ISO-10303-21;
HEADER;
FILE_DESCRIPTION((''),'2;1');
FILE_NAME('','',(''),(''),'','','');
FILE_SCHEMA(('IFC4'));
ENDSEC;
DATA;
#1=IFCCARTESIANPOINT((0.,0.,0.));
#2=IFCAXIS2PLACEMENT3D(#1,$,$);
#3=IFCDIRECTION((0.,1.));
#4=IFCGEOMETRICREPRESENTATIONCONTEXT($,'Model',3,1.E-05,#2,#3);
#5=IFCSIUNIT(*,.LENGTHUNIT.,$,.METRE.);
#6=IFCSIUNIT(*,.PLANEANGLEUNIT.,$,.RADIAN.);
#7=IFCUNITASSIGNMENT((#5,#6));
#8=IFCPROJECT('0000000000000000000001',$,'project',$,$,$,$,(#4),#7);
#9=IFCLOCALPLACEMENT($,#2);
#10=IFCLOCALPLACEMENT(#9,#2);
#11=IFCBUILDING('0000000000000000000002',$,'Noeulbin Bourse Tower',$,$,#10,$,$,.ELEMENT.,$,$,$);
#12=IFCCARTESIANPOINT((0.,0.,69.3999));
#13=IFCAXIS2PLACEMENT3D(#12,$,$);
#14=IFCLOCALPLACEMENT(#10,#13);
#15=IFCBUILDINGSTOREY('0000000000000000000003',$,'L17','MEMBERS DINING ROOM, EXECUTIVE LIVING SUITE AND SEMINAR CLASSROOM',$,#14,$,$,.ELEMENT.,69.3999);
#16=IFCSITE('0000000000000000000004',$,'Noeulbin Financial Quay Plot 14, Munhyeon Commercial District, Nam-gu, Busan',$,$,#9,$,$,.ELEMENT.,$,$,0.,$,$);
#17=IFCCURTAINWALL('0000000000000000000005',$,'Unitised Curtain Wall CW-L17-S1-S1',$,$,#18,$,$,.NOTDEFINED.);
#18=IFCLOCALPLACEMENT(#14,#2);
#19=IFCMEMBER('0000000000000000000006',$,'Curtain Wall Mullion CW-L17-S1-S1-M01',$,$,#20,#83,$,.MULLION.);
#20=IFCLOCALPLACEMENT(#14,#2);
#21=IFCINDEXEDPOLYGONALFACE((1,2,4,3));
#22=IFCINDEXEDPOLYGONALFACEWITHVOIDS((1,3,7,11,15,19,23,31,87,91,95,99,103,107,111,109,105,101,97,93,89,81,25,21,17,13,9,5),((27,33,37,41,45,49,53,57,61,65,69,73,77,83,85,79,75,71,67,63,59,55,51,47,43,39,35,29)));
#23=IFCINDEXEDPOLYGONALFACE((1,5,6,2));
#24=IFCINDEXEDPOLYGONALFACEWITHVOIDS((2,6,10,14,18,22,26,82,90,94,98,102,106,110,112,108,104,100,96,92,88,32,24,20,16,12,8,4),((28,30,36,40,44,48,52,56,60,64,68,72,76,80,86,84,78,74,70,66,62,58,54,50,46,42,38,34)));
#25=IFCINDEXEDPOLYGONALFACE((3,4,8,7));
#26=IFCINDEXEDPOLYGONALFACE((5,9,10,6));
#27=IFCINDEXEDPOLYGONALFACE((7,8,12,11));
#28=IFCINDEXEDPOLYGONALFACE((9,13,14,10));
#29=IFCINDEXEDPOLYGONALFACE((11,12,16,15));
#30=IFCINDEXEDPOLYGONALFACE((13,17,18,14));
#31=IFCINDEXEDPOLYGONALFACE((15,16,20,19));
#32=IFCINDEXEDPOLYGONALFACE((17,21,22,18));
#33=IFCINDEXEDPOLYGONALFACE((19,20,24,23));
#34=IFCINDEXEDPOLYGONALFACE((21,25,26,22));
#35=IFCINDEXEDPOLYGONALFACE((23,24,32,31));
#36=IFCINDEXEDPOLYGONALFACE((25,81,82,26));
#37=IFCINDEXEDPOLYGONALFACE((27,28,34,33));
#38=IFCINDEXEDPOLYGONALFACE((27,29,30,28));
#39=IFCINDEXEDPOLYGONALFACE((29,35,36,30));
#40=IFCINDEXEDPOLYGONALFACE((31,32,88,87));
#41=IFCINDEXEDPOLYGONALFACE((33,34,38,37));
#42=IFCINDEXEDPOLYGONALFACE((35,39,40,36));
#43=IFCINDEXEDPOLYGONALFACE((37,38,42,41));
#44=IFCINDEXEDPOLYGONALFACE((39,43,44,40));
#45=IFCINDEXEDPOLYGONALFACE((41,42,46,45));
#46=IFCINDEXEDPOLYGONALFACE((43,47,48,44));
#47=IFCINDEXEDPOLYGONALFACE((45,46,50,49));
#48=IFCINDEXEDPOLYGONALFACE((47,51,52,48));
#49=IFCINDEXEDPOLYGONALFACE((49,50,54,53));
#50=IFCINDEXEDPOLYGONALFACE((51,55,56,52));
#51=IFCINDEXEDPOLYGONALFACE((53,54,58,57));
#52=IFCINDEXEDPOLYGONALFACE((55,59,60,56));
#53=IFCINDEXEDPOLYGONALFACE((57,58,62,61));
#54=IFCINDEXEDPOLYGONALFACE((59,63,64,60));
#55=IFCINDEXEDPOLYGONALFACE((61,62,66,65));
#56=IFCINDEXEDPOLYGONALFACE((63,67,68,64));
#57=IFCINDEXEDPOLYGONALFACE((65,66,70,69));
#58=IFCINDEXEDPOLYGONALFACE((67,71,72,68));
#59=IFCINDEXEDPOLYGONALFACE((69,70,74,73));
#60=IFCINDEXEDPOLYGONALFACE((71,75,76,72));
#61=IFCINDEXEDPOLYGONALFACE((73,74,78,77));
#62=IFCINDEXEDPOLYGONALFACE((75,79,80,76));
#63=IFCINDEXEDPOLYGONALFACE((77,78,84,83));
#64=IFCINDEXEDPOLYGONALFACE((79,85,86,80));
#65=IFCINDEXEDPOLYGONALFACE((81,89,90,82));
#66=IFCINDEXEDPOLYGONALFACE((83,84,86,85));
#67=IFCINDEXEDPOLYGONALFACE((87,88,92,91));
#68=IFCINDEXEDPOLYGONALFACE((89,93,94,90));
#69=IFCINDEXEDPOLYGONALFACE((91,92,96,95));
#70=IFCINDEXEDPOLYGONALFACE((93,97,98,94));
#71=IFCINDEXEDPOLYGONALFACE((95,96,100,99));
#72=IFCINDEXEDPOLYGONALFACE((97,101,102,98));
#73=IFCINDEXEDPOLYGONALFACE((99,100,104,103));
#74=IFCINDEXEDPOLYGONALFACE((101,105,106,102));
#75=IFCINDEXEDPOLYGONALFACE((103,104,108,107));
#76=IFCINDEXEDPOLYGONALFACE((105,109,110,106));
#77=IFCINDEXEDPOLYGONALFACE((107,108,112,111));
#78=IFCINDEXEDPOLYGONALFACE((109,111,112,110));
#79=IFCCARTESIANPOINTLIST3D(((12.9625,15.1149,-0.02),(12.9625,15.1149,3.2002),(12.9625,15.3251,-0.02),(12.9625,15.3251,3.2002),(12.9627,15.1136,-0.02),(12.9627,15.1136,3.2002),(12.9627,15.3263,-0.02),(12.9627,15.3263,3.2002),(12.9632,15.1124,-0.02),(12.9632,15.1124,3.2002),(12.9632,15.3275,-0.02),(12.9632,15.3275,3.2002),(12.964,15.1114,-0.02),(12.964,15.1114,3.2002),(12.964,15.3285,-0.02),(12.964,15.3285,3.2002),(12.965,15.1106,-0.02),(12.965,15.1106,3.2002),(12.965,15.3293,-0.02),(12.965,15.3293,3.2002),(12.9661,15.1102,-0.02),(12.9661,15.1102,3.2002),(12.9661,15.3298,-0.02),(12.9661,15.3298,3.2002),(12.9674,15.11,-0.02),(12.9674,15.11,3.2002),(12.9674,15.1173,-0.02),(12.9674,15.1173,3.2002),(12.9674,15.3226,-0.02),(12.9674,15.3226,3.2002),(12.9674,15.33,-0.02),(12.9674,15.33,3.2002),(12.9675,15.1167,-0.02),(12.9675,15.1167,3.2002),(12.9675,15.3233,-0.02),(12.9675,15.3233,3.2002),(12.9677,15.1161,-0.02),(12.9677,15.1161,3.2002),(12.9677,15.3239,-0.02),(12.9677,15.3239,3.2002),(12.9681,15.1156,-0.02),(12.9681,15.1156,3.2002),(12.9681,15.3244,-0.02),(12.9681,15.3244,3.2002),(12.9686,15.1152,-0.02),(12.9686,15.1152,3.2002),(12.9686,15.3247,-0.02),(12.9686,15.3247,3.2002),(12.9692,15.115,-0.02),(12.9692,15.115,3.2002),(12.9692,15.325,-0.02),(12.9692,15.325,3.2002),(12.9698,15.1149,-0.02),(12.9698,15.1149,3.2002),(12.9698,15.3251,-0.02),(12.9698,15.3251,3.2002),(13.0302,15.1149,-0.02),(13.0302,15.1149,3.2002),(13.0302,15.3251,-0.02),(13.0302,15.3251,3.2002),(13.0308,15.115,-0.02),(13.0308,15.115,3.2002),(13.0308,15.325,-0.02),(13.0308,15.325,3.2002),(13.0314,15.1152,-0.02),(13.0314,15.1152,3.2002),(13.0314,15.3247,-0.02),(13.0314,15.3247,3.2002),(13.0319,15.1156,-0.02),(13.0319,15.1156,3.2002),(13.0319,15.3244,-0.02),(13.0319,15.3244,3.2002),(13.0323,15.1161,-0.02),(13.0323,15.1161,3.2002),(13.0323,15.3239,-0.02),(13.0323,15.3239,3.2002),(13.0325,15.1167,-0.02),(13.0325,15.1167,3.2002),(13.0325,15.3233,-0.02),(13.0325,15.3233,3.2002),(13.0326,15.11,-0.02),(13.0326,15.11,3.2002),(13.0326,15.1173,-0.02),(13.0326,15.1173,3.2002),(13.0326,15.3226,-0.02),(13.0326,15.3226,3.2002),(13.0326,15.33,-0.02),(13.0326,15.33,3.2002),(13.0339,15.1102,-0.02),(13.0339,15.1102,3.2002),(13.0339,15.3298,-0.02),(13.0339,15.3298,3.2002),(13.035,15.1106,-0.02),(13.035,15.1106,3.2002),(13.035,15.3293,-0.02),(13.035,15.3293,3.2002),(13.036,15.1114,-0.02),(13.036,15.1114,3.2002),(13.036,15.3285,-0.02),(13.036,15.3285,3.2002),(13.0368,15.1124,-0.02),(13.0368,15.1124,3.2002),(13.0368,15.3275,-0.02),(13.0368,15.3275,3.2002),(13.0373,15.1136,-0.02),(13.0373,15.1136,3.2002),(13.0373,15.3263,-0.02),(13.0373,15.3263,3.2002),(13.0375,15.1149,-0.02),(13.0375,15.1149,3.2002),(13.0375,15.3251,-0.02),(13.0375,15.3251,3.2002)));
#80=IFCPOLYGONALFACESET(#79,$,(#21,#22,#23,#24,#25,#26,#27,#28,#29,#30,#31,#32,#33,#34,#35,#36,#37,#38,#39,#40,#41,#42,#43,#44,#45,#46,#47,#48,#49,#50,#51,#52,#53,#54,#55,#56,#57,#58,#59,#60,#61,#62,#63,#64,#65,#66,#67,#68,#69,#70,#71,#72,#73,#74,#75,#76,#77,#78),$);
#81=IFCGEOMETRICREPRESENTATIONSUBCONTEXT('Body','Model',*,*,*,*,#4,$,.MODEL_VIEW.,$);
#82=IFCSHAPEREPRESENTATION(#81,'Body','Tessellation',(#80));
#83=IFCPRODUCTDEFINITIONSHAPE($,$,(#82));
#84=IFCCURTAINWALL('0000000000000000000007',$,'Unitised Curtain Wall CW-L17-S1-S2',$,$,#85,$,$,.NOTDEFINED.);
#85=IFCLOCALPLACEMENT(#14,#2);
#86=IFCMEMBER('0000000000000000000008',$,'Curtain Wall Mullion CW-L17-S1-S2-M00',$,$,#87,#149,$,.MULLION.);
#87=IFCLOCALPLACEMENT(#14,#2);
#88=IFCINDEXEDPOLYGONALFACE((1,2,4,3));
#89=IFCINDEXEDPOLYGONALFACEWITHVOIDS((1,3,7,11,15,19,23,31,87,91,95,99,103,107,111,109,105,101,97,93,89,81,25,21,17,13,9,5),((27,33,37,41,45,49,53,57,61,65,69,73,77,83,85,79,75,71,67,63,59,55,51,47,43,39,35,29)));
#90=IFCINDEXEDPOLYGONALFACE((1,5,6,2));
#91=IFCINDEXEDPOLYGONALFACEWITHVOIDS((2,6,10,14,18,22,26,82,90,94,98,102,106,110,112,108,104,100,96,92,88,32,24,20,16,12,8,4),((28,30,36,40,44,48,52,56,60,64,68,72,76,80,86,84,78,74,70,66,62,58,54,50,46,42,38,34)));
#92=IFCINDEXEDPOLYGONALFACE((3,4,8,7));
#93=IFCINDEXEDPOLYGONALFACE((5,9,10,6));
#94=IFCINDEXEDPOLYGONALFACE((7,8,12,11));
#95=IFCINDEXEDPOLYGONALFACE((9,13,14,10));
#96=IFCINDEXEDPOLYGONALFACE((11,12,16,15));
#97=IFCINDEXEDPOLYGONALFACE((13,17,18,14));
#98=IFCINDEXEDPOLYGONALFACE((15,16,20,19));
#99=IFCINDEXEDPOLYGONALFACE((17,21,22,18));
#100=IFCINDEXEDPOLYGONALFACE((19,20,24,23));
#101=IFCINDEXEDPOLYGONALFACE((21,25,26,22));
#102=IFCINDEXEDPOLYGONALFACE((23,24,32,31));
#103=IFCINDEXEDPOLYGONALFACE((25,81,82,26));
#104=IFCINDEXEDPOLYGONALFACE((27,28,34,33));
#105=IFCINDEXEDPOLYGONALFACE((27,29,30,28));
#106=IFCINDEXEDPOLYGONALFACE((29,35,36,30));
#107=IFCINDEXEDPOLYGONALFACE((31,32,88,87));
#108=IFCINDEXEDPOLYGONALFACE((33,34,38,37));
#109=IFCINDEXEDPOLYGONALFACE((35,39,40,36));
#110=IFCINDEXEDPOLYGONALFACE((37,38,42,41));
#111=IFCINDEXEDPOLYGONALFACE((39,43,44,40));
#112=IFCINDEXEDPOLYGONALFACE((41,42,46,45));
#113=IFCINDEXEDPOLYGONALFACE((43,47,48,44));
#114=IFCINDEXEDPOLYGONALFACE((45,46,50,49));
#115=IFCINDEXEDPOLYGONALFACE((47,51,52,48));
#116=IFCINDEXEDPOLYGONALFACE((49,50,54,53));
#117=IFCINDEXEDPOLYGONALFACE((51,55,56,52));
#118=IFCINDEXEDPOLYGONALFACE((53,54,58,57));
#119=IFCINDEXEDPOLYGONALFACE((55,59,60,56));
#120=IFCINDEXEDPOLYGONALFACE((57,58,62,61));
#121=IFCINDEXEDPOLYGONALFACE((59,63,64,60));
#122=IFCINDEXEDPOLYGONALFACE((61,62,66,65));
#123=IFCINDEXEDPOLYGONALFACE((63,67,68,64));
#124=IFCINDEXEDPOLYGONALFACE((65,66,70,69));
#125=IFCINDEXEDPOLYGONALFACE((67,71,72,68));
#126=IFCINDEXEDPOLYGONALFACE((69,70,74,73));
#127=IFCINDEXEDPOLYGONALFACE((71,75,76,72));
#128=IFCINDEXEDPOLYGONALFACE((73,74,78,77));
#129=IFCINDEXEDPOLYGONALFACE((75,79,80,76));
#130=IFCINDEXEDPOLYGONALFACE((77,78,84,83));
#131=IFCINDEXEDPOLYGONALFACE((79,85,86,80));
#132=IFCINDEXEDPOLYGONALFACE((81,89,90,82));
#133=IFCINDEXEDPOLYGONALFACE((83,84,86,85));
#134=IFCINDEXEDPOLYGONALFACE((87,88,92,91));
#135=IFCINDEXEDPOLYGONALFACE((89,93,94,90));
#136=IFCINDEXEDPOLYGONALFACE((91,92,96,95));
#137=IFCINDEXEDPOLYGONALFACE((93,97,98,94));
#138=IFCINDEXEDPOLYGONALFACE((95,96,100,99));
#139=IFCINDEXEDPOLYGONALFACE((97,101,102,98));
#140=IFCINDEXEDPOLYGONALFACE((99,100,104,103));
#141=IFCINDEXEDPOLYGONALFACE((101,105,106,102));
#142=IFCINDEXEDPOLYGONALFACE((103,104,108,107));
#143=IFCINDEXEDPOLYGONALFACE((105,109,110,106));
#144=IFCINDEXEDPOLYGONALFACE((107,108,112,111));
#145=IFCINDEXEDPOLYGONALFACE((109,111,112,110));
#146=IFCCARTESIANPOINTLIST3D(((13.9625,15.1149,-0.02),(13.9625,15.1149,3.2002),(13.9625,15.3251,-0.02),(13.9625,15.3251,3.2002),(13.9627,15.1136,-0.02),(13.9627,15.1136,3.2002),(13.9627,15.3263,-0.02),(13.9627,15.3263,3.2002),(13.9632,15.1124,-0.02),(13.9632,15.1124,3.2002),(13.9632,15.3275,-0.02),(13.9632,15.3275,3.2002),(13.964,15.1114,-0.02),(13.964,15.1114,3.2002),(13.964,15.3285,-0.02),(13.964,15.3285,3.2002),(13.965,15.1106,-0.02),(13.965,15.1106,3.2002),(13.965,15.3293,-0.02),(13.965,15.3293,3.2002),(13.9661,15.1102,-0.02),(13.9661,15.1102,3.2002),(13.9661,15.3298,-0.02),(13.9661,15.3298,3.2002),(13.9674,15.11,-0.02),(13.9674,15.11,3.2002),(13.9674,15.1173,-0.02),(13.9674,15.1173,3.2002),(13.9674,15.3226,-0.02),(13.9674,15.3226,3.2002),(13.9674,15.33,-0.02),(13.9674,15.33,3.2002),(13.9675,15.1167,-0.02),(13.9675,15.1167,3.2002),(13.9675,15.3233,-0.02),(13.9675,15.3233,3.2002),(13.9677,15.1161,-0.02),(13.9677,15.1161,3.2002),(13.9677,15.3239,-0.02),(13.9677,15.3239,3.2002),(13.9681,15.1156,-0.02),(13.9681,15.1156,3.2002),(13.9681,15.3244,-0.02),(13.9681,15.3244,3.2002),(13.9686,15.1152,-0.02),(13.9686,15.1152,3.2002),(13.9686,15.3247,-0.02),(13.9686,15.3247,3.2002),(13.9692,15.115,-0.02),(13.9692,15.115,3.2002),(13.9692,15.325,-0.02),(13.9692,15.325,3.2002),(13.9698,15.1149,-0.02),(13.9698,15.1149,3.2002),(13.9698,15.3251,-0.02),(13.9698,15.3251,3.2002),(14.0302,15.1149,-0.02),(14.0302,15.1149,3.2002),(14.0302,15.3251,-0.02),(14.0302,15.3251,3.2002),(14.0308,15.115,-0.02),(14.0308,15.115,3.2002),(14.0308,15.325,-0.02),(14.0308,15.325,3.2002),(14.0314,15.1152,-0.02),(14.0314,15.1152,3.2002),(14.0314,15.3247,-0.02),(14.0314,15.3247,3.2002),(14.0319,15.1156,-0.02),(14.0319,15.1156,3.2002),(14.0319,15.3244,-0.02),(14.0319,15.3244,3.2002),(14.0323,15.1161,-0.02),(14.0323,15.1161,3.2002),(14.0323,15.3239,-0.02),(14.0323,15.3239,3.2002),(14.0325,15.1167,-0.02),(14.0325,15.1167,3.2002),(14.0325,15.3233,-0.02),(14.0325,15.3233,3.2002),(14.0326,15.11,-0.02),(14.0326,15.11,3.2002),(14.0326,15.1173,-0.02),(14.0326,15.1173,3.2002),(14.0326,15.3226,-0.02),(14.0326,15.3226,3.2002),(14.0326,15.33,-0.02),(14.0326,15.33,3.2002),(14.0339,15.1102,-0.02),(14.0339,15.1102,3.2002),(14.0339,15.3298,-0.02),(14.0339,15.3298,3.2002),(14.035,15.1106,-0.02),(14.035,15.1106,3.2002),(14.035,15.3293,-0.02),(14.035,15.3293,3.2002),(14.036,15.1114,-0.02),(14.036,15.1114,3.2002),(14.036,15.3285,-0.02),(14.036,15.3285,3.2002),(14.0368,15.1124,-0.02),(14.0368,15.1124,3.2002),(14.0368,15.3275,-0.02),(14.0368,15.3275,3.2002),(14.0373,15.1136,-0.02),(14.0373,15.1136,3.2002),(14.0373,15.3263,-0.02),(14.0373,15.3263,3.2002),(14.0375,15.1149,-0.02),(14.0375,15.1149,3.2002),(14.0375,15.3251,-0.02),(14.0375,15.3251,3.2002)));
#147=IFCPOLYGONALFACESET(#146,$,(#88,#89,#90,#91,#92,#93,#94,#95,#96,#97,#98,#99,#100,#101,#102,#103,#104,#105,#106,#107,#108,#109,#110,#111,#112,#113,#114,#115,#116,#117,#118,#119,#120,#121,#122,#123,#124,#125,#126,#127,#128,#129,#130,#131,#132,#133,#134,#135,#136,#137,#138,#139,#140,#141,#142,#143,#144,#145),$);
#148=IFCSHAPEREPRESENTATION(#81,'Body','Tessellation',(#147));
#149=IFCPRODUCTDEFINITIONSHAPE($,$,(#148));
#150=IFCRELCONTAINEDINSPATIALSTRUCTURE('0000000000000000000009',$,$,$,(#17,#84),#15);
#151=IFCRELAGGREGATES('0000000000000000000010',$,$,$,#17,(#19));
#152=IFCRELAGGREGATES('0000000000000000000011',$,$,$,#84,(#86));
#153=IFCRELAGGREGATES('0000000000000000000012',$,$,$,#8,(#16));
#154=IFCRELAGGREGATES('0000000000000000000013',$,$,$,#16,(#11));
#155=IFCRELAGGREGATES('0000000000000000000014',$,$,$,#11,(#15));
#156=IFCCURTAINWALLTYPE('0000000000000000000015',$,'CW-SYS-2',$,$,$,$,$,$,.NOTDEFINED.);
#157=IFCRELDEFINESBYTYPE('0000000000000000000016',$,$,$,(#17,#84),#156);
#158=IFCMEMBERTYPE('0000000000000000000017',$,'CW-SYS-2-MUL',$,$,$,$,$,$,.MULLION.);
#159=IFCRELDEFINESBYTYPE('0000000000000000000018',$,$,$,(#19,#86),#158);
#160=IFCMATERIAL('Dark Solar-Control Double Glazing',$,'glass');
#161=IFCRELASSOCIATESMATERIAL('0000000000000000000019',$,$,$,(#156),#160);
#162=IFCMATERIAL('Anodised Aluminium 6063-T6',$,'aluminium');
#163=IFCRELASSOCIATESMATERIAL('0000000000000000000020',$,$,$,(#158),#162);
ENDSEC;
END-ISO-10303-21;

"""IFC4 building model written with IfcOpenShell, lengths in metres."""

from ifc_helpers import new_model, si_unit, direction, frame, origin, origin_2d, place, context, subcontext, project, spatial, hollow_rectangle, extrude, material, material_profile, profile_set, type_object, element, aggregate, save


model = new_model("IFC4")

# Units and contexts
model_context = context("Model", 3, precision=1e-05, world=origin(), true_north=direction((0.0, 1.0)))
body_context = subcontext(model_context, "Body", "Model", "MODEL_VIEW")
ifc_project = project(units=[si_unit("LENGTHUNIT", "METRE"), si_unit("PLANEANGLEUNIT", "RADIAN")], contexts=[model_context])

# Site, building, storey
site_placement = place(None, origin())
site = spatial("IfcSite", under=ifc_project, at=site_placement, Name="Noeulbin Financial Quay Plot 14, Munhyeon Commercial District, Nam-gu, Busan", CompositionType="ELEMENT", RefElevation=0.0)
building_placement = place(site_placement, origin())
building = spatial("IfcBuilding", under=site, at=building_placement, Name="Noeulbin Bourse Tower", CompositionType="ELEMENT")
storey_placement = place(building_placement, frame((0.0, 0.0, 69.3999)))
storey = spatial("IfcBuildingStorey", under=building, at=storey_placement, Name="L17", Description="MEMBERS DINING ROOM, EXECUTIVE LIVING SUITE AND SEMINAR CLASSROOM", CompositionType="ELEMENT", Elevation=69.3999)

# Curtain walls, members
ifc_material_1 = material(Name="Dark Solar-Control Double Glazing", Category="glass")
curtain_wall_type = type_object("IfcCurtainWallType", Name="CW-SYS-2", PredefinedType="NOTDEFINED", material=ifc_material_1)
curtain_wall_1_placement = place(storey_placement, origin())
curtain_wall_1 = element("IfcCurtainWall", 1, at=curtain_wall_1_placement, inside=storey, type_object=curtain_wall_type, Name="Unitised Curtain Wall CW-L17-S1-S1", PredefinedType="NOTDEFINED")
ifc_material_2 = material(Name="Anodised Aluminium 6063-T6", Category="aluminium")
ifc_material_profile_1 = material_profile(ifc_material_2, hollow_rectangle(XDim=0.075, YDim=0.22, WallThickness=0.0049, InnerFilletRadius=0.0024, OuterFilletRadius=0.0049, at=origin_2d()), Name="ALU-MULL-75x220x5", Category="LoadBearing")
ifc_profile_set_1 = profile_set([ifc_material_profile_1], Name="Anodised Aluminium 6063-T6")
member_type_1 = type_object("IfcMemberType", Name="CW-SYS-2-MUL", PredefinedType="MULLION", material=ifc_profile_set_1)
member_1_placement = place(storey_placement, frame((13.0, 15.22, -0.02), z_axis=(0.0, 0.0, 1.0), x_axis=(1.0, 0.0, 0.0)))
member_1 = element("IfcMember", 2, at=member_1_placement, type_object=member_type_1, Name="Curtain Wall Mullion CW-L17-S1-S1-M01", PredefinedType="MULLION", context=body_context, shape_type="SweptSolid", body=[
    extrude(hollow_rectangle(XDim=0.075, YDim=0.22, WallThickness=0.0049, InnerFilletRadius=0.0024, OuterFilletRadius=0.0049, at=origin_2d()), origin(), (0.0, 0.0, 1.0), 3.2202),
])
curtain_wall_2_placement = place(storey_placement, origin())
curtain_wall_2 = element("IfcCurtainWall", 3, at=curtain_wall_2_placement, inside=storey, type_object=curtain_wall_type, Name="Unitised Curtain Wall CW-L17-S1-S2", PredefinedType="NOTDEFINED")
member_2_placement = place(storey_placement, frame((14.0, 15.22, -0.02), z_axis=(0.0, 0.0, 1.0), x_axis=(1.0, 0.0, 0.0)))
member_2 = element("IfcMember", 4, at=member_2_placement, type_object=member_type_1, Name="Curtain Wall Mullion CW-L17-S1-S2-M00", PredefinedType="MULLION", context=body_context, shape_type="SweptSolid", body=[
    extrude(hollow_rectangle(XDim=0.075, YDim=0.22, WallThickness=0.0049, InnerFilletRadius=0.0024, OuterFilletRadius=0.0049, at=origin_2d()), origin(), (0.0, 0.0, 1.0), 3.2202),
])

aggregate(curtain_wall_1, [member_1])
aggregate(curtain_wall_2, [member_2])

save(model, "model.ifc")
